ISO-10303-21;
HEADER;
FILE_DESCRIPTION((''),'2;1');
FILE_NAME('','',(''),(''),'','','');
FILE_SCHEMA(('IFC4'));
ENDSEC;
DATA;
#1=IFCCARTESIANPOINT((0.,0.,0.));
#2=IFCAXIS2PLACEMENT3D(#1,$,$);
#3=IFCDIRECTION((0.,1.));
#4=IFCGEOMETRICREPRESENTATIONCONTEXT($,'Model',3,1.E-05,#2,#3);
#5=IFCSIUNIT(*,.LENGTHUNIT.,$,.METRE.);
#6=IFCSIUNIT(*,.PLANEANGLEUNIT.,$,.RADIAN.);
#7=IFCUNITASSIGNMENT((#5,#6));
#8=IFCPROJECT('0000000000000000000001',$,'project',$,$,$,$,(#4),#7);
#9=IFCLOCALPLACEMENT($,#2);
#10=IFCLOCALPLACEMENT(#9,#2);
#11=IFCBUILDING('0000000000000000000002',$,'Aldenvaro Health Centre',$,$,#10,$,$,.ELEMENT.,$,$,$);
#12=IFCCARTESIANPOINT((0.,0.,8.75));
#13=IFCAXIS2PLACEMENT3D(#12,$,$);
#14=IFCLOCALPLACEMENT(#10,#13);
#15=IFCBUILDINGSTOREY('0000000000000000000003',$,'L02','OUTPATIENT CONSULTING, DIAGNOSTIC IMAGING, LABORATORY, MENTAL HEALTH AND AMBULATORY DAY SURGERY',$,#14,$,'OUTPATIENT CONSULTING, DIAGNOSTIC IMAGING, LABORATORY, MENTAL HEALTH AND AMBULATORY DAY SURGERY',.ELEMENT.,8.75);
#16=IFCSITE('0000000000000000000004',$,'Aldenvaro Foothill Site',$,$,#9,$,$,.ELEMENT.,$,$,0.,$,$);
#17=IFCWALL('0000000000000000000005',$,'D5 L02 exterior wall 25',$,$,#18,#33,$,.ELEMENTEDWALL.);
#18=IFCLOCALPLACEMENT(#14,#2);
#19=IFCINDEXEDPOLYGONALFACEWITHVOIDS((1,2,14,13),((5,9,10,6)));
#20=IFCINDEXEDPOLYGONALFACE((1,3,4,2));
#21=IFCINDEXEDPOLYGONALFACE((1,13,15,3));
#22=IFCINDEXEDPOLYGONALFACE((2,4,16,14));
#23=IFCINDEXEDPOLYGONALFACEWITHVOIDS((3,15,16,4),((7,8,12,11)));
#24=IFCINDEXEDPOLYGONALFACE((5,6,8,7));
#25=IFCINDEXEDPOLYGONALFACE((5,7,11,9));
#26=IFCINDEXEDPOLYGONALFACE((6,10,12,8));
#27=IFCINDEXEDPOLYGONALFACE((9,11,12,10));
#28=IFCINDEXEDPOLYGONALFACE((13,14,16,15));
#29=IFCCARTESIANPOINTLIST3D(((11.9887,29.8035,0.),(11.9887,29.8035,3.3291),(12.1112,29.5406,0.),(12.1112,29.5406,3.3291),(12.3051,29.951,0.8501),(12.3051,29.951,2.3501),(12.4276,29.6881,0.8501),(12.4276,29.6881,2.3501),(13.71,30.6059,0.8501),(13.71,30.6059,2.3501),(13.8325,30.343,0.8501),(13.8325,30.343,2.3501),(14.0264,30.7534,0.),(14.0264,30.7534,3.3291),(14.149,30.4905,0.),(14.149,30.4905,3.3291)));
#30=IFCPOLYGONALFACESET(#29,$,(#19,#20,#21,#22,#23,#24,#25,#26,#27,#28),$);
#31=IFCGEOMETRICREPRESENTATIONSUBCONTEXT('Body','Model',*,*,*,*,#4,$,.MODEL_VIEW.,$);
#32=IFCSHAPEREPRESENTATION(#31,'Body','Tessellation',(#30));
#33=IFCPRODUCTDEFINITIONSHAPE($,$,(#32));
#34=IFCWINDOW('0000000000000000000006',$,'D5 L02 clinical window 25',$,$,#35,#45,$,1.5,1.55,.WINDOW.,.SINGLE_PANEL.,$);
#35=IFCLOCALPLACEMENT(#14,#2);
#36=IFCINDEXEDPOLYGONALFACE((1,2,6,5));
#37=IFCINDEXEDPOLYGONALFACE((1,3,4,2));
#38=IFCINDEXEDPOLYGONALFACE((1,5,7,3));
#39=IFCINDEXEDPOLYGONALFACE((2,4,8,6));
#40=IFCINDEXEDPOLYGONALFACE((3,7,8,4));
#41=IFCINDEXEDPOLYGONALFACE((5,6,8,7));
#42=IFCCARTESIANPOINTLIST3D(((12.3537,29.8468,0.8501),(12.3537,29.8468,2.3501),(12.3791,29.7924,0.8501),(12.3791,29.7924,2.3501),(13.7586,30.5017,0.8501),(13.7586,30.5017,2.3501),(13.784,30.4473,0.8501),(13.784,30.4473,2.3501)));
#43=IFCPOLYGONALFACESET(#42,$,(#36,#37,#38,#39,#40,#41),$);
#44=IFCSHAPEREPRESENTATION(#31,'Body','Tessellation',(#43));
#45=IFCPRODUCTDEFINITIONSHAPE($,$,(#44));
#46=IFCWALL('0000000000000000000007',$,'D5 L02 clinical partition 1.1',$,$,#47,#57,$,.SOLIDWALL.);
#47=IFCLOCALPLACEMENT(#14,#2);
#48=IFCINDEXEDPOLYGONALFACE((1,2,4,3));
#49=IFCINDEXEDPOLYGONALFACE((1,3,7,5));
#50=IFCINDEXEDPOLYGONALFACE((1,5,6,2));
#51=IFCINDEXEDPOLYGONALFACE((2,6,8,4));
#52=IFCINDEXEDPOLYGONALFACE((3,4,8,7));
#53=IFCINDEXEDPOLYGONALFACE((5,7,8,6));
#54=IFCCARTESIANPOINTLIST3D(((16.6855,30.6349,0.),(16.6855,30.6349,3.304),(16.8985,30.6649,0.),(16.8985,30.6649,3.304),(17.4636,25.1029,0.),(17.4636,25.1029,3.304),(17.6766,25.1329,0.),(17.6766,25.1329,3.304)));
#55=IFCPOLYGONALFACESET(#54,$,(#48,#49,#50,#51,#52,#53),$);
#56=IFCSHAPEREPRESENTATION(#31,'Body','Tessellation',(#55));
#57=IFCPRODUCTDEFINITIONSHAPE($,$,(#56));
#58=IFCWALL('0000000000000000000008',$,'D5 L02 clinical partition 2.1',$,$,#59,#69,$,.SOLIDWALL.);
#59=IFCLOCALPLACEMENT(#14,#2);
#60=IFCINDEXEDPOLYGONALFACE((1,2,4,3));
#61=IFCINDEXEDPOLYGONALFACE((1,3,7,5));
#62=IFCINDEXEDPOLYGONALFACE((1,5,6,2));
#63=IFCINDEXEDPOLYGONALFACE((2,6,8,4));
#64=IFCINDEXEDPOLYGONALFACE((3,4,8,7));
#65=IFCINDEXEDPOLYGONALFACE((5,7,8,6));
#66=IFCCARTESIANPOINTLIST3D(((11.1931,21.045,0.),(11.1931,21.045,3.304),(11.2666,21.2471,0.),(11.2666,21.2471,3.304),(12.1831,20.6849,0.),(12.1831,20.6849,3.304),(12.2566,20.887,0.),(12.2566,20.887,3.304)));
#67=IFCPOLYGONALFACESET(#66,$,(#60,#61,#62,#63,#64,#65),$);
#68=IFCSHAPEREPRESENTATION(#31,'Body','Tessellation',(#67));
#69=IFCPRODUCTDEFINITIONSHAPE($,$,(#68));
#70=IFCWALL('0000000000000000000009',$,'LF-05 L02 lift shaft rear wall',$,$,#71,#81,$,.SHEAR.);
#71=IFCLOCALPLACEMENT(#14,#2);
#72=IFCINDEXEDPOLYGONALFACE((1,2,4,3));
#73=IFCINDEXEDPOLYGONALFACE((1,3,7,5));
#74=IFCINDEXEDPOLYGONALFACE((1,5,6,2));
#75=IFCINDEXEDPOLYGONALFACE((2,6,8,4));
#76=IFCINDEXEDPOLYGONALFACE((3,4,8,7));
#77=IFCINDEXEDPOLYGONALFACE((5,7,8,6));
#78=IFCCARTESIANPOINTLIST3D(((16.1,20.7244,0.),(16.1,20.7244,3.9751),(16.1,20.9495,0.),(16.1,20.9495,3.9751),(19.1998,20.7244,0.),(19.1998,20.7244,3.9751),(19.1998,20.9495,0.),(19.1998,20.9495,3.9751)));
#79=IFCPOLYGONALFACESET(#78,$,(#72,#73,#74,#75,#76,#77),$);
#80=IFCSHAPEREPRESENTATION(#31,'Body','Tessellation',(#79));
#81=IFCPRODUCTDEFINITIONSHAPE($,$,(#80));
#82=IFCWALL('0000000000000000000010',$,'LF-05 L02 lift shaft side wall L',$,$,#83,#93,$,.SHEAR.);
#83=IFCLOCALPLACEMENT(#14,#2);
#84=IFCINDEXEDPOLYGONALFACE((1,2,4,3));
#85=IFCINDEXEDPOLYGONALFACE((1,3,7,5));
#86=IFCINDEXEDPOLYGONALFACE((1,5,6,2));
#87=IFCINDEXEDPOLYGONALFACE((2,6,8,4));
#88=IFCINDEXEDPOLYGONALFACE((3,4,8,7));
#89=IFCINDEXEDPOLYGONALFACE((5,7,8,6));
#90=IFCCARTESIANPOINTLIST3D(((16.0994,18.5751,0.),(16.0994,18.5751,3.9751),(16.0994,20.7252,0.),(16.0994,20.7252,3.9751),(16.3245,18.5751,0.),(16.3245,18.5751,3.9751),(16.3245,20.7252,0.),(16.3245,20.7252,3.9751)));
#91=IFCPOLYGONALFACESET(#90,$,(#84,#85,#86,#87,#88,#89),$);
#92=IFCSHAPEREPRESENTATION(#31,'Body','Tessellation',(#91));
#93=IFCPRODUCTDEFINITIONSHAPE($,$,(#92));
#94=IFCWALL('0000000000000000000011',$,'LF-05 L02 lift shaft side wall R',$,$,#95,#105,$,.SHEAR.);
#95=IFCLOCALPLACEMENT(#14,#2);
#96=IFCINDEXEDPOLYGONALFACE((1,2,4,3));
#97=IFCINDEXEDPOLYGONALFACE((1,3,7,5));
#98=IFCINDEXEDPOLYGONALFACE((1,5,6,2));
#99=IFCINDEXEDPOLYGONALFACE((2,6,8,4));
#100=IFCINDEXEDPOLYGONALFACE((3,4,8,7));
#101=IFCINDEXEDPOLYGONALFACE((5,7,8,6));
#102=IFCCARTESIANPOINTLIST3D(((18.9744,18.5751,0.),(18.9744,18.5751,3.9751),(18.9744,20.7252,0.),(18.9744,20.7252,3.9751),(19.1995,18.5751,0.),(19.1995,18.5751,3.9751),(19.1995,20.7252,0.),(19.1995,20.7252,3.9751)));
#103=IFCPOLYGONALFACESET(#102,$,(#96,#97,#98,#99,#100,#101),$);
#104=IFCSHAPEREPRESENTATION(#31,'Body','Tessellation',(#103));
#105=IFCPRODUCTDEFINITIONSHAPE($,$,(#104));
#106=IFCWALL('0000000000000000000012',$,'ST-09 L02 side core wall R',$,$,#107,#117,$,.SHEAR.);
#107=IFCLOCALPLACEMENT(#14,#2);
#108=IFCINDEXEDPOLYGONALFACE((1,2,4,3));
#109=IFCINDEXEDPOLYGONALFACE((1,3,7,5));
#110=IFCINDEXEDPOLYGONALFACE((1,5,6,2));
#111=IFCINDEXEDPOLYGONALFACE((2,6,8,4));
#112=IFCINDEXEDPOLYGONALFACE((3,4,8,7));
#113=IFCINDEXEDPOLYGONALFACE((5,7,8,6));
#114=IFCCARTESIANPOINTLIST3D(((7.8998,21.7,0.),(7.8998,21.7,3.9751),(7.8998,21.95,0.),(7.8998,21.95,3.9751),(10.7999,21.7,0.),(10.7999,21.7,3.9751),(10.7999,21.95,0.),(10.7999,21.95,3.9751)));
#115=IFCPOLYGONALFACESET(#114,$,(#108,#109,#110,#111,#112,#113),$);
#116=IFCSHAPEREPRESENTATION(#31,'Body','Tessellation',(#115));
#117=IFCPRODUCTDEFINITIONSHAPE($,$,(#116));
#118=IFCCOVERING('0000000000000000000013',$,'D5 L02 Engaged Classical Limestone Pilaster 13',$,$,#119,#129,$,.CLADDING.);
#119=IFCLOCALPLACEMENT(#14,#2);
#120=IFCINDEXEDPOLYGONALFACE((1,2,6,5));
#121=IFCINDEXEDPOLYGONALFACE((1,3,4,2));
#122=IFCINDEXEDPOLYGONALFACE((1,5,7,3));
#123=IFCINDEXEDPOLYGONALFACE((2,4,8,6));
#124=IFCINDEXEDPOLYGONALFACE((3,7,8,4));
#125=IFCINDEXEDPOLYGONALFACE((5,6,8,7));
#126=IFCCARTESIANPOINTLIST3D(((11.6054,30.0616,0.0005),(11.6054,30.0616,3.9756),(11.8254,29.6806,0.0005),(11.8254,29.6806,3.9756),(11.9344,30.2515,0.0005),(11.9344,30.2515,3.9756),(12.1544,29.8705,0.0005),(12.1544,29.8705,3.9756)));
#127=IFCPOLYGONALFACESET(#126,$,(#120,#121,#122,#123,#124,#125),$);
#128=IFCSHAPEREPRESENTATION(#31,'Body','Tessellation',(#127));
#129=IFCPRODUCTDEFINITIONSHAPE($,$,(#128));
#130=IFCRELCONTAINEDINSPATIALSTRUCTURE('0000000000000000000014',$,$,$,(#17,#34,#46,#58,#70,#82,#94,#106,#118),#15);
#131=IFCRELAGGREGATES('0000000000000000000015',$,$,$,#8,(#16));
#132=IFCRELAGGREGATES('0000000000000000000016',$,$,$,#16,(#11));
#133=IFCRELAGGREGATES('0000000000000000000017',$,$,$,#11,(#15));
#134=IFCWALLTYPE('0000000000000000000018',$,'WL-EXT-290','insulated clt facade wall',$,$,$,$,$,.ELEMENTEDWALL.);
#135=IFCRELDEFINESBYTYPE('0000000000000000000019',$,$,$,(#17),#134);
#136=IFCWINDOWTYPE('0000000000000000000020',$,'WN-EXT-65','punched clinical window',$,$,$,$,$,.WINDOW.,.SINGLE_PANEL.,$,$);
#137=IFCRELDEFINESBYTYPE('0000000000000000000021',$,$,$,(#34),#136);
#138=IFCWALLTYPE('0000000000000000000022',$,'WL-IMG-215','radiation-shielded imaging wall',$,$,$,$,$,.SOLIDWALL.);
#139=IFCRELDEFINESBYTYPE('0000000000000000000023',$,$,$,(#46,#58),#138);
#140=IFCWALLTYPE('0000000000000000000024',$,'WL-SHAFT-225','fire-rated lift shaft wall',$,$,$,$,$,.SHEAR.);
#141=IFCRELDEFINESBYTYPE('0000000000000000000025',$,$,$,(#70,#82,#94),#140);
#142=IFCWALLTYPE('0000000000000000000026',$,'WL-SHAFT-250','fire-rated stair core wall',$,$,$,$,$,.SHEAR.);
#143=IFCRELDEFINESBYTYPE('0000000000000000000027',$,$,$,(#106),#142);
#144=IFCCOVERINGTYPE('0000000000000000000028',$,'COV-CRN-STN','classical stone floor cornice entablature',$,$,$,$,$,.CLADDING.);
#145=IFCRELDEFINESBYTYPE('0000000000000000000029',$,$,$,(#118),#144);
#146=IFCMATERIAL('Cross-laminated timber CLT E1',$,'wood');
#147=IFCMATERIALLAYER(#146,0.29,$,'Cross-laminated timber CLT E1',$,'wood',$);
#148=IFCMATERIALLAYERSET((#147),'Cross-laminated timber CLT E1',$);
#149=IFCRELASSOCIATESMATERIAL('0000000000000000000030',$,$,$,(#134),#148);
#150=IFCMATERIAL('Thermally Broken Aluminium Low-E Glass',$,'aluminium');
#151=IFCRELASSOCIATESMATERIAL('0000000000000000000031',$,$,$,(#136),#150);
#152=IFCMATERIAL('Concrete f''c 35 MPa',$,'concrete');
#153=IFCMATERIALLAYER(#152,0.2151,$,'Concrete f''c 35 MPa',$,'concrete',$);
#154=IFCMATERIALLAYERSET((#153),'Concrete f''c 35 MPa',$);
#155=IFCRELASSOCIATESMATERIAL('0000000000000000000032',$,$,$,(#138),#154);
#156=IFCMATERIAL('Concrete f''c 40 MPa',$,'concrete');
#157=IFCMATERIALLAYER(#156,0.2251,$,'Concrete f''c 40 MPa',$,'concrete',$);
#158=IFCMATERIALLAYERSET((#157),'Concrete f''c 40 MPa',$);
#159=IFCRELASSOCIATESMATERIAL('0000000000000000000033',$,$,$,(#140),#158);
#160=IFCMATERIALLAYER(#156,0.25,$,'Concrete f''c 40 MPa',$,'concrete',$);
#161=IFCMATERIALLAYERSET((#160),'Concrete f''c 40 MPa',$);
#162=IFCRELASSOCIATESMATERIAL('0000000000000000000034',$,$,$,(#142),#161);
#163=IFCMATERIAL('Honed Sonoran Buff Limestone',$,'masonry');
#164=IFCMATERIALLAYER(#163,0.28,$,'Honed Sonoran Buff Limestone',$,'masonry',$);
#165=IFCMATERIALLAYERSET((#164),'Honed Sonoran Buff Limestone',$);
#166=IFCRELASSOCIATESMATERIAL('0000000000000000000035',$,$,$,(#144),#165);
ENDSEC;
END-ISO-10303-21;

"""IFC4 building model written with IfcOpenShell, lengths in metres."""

from ifc_helpers import new_model, si_unit, direction, frame, frame_2d, origin, origin_2d, place, context, subcontext, project, spatial, rectangle, extrude, material, layer, layer_set, type_object, element, fill, save


model = new_model("IFC4")

# Units and contexts
model_context = context("Model", 3, precision=1e-05, world=origin(), true_north=direction((0.0, 1.0)))
body_context = subcontext(model_context, "Body", "Model", "MODEL_VIEW")
ifc_project = project(units=[si_unit("LENGTHUNIT", "METRE"), si_unit("PLANEANGLEUNIT", "RADIAN")], contexts=[model_context])

# Site, building, storey
site_placement = place(None, origin())
site = spatial("IfcSite", under=ifc_project, at=site_placement, Name="Aldenvaro Foothill Site", CompositionType="ELEMENT", RefElevation=0.0)
building_placement = place(site_placement, origin())
building = spatial("IfcBuilding", under=site, at=building_placement, Name="Aldenvaro Health Centre", CompositionType="ELEMENT")
storey_placement = place(building_placement, frame((0.0, 0.0, 8.75)))
storey = spatial("IfcBuildingStorey", under=building, at=storey_placement, Name="L02", Description="OUTPATIENT CONSULTING, DIAGNOSTIC IMAGING, LABORATORY, MENTAL HEALTH AND AMBULATORY DAY SURGERY", LongName="OUTPATIENT CONSULTING, DIAGNOSTIC IMAGING, LABORATORY, MENTAL HEALTH AND AMBULATORY DAY SURGERY", CompositionType="ELEMENT", Elevation=8.75)

# Wall, opening, window
ifc_material_1 = material(Name="Cross-laminated timber CLT E1", Category="wood")
ifc_layer_1 = layer(ifc_material_1, 0.29, Name="Cross-laminated timber CLT E1", Category="wood")
ifc_layer_set_1 = layer_set([ifc_layer_1], Name="Cross-laminated timber CLT E1")
wall_type_1 = type_object("IfcWallType", Name="WL-EXT-290", Description="insulated clt facade wall", PredefinedType="ELEMENTEDWALL", material=ifc_layer_set_1)
ifc_material_2 = material(Name="Thermally Broken Aluminium Low-E Glass", Category="aluminium")
wall_1_placement = place(storey_placement, frame((12.05, 29.6721, 0.0), z_axis=(0.0, 0.0, 1.0), x_axis=(0.906361, 0.422505, 0.0)))
wall_1 = element("IfcWall", 1, at=wall_1_placement, inside=storey, type_object=wall_type_1, Name="D5 L02 exterior wall 25", PredefinedType="ELEMENTEDWALL", context=body_context, shape_type="SweptSolid", body=[
    extrude(rectangle(XDim=2.2483, YDim=0.29, at=frame_2d((1.124, 0.0))), origin(), (0.0, 0.0, 1.0), 3.3291),
])
opening_1_placement = place(wall_1_placement, frame((0.3491, 0.0, 0.8501)))
opening_1 = element("IfcOpeningElement", 2, at=opening_1_placement, cuts=wall_1, PredefinedType="OPENING", context=body_context, shape_type="SweptSolid", body=[
    extrude(rectangle(XDim=1.55, YDim=1.5, at=frame_2d((0.7749, 0.75))), frame((0.0, 0.155, 0.0), z_axis=(0.0, -1.0, 0.0), x_axis=(1.0, 0.0, 0.0)), (0.0, 0.0, 1.0), 0.3101),
])
window_type_1 = type_object("IfcWindowType", Name="WN-EXT-65", Description="punched clinical window", PartitioningType="SINGLE_PANEL", PredefinedType="WINDOW", material=ifc_material_2)
window_1_placement = place(opening_1_placement, origin())
window_1 = element("IfcWindow", 3, at=window_1_placement, inside=storey, type_object=window_type_1, Name="D5 L02 clinical window 25", OverallHeight=1.5, OverallWidth=1.55, PartitioningType="SINGLE_PANEL", PredefinedType="WINDOW", context=body_context, shape_type="SweptSolid", body=[
    extrude(rectangle(XDim=1.55, YDim=1.5, at=frame_2d((0.7749, 0.75))), frame((0.0, 0.03, 0.0), z_axis=(0.0, -1.0, 0.0), x_axis=(1.0, 0.0, 0.0)), (0.0, 0.0, 1.0), 0.0601),
])
fill(opening_1, window_1)

# Walls
ifc_material_3 = material(Name="Concrete f'c 35 MPa", Category="concrete")
ifc_layer_2 = layer(ifc_material_3, 0.2151, Name="Concrete f'c 35 MPa", Category="concrete")
ifc_layer_set_2 = layer_set([ifc_layer_2], Name="Concrete f'c 35 MPa")
wall_type_2 = type_object("IfcWallType", Name="WL-IMG-215", Description="radiation-shielded imaging wall", PredefinedType="SOLIDWALL", material=ifc_layer_set_2)
wall_2_placement = place(storey_placement, frame((17.5701, 25.1179, 0.0), z_axis=(0.0, 0.0, 1.0), x_axis=(-0.13928, 0.990253, 0.0)))
element("IfcWall", 4, at=wall_2_placement, inside=storey, type_object=wall_type_2, Name="D5 L02 clinical partition 1.1", PredefinedType="SOLIDWALL", context=body_context, shape_type="SweptSolid", body=[
    extrude(rectangle(XDim=5.5864, YDim=0.2151, at=frame_2d((2.7932, 0.0))), origin(), (0.0, 0.0, 1.0), 3.304),
])
wall_3_placement = place(storey_placement, frame((12.22, 20.7859, 0.0), z_axis=(0.0, 0.0, 1.0), x_axis=(-0.93976, 0.341836, 0.0)))
element("IfcWall", 5, at=wall_3_placement, inside=storey, type_object=wall_type_2, Name="D5 L02 clinical partition 2.1", PredefinedType="SOLIDWALL", context=body_context, shape_type="SweptSolid", body=[
    extrude(rectangle(XDim=1.0535, YDim=0.2151, at=frame_2d((0.5269, 0.0))), origin(), (0.0, 0.0, 1.0), 3.304),
])
ifc_material_4 = material(Name="Concrete f'c 40 MPa", Category="concrete")
ifc_layer_3 = layer(ifc_material_4, 0.2251, Name="Concrete f'c 40 MPa", Category="concrete")
ifc_layer_set_3 = layer_set([ifc_layer_3], Name="Concrete f'c 40 MPa")
wall_type_3 = type_object("IfcWallType", Name="WL-SHAFT-225", Description="fire-rated lift shaft wall", PredefinedType="SHEAR", material=ifc_layer_set_3)
wall_4_placement = place(storey_placement, frame((16.1001, 20.8369, 0.0), z_axis=(0.0, 0.0, 1.0), x_axis=(1.0, 0.0, 0.0)))
element("IfcWall", 6, at=wall_4_placement, inside=storey, type_object=wall_type_3, Name="LF-05 L02 lift shaft rear wall", PredefinedType="SHEAR", context=body_context, shape_type="SweptSolid", body=[
    extrude(rectangle(XDim=3.0999, YDim=0.2251, at=frame_2d((1.5498, 0.0))), origin(), (0.0, 0.0, 1.0), 3.9751),
])
for number, where, z_axis, x_axis, name in (
    (7, (16.2119, 18.575, 0.0), (0.0, 0.0, 1.0), (0.0, 1.0, 0.0), "LF-05 L02 lift shaft side wall L"),
    (8, (19.0869, 18.575, 0.0), (0.0, 0.0, 1.0), (0.0, 1.0, 0.0), "LF-05 L02 lift shaft side wall R"),
):
    element("IfcWall", number, at=place(storey_placement, frame(where, z_axis=z_axis, x_axis=x_axis)), inside=storey, type_object=wall_type_3, Name=name, PredefinedType="SHEAR", context=body_context, shape_type="SweptSolid", body=[
        extrude(rectangle(XDim=2.1501, YDim=0.2251, at=frame_2d((1.0752, 0.0))), origin(), (0.0, 0.0, 1.0), 3.9751),
    ])
ifc_layer_4 = layer(ifc_material_4, 0.25, Name="Concrete f'c 40 MPa", Category="concrete")
ifc_layer_set_4 = layer_set([ifc_layer_4], Name="Concrete f'c 40 MPa")
wall_type_4 = type_object("IfcWallType", Name="WL-SHAFT-250", Description="fire-rated stair core wall", PredefinedType="SHEAR", material=ifc_layer_set_4)
wall_5_placement = place(storey_placement, frame((10.8, 21.825, 0.0), z_axis=(0.0, 0.0, 1.0), x_axis=(-1.0, 0.0, 0.0)))
element("IfcWall", 9, at=wall_5_placement, inside=storey, type_object=wall_type_4, Name="ST-09 L02 side core wall R", PredefinedType="SHEAR", context=body_context, shape_type="SweptSolid", body=[
    extrude(rectangle(XDim=2.9001, YDim=0.25, at=frame_2d((1.4502, 0.0))), origin(), (0.0, 0.0, 1.0), 3.9751),
])

# Covering
ifc_material_5 = material(Name="Honed Sonoran Buff Limestone", Category="masonry")
ifc_layer_5 = layer(ifc_material_5, 0.28, Name="Honed Sonoran Buff Limestone", Category="masonry")
ifc_layer_set_5 = layer_set([ifc_layer_5], Name="Honed Sonoran Buff Limestone")
covering_type = type_object("IfcCoveringType", Name="COV-CRN-STN", Description="classical stone floor cornice entablature", PredefinedType="CLADDING", material=ifc_layer_set_5)
covering_placement = place(storey_placement, frame((11.8799, 29.9661, 0.0005), z_axis=(0.0, 0.0, 1.0), x_axis=(-0.499991, 0.866031, 0.0)))
element("IfcCovering", 10, at=covering_placement, inside=storey, type_object=covering_type, Name="D5 L02 Engaged Classical Limestone Pilaster 13", PredefinedType="CLADDING", context=body_context, shape_type="SweptSolid", body=[
    extrude(rectangle(XDim=0.4399, YDim=0.3799, at=origin_2d()), origin(), (0.0, 0.0, 1.0), 3.9751),
])

save(model, "model.ifc")
